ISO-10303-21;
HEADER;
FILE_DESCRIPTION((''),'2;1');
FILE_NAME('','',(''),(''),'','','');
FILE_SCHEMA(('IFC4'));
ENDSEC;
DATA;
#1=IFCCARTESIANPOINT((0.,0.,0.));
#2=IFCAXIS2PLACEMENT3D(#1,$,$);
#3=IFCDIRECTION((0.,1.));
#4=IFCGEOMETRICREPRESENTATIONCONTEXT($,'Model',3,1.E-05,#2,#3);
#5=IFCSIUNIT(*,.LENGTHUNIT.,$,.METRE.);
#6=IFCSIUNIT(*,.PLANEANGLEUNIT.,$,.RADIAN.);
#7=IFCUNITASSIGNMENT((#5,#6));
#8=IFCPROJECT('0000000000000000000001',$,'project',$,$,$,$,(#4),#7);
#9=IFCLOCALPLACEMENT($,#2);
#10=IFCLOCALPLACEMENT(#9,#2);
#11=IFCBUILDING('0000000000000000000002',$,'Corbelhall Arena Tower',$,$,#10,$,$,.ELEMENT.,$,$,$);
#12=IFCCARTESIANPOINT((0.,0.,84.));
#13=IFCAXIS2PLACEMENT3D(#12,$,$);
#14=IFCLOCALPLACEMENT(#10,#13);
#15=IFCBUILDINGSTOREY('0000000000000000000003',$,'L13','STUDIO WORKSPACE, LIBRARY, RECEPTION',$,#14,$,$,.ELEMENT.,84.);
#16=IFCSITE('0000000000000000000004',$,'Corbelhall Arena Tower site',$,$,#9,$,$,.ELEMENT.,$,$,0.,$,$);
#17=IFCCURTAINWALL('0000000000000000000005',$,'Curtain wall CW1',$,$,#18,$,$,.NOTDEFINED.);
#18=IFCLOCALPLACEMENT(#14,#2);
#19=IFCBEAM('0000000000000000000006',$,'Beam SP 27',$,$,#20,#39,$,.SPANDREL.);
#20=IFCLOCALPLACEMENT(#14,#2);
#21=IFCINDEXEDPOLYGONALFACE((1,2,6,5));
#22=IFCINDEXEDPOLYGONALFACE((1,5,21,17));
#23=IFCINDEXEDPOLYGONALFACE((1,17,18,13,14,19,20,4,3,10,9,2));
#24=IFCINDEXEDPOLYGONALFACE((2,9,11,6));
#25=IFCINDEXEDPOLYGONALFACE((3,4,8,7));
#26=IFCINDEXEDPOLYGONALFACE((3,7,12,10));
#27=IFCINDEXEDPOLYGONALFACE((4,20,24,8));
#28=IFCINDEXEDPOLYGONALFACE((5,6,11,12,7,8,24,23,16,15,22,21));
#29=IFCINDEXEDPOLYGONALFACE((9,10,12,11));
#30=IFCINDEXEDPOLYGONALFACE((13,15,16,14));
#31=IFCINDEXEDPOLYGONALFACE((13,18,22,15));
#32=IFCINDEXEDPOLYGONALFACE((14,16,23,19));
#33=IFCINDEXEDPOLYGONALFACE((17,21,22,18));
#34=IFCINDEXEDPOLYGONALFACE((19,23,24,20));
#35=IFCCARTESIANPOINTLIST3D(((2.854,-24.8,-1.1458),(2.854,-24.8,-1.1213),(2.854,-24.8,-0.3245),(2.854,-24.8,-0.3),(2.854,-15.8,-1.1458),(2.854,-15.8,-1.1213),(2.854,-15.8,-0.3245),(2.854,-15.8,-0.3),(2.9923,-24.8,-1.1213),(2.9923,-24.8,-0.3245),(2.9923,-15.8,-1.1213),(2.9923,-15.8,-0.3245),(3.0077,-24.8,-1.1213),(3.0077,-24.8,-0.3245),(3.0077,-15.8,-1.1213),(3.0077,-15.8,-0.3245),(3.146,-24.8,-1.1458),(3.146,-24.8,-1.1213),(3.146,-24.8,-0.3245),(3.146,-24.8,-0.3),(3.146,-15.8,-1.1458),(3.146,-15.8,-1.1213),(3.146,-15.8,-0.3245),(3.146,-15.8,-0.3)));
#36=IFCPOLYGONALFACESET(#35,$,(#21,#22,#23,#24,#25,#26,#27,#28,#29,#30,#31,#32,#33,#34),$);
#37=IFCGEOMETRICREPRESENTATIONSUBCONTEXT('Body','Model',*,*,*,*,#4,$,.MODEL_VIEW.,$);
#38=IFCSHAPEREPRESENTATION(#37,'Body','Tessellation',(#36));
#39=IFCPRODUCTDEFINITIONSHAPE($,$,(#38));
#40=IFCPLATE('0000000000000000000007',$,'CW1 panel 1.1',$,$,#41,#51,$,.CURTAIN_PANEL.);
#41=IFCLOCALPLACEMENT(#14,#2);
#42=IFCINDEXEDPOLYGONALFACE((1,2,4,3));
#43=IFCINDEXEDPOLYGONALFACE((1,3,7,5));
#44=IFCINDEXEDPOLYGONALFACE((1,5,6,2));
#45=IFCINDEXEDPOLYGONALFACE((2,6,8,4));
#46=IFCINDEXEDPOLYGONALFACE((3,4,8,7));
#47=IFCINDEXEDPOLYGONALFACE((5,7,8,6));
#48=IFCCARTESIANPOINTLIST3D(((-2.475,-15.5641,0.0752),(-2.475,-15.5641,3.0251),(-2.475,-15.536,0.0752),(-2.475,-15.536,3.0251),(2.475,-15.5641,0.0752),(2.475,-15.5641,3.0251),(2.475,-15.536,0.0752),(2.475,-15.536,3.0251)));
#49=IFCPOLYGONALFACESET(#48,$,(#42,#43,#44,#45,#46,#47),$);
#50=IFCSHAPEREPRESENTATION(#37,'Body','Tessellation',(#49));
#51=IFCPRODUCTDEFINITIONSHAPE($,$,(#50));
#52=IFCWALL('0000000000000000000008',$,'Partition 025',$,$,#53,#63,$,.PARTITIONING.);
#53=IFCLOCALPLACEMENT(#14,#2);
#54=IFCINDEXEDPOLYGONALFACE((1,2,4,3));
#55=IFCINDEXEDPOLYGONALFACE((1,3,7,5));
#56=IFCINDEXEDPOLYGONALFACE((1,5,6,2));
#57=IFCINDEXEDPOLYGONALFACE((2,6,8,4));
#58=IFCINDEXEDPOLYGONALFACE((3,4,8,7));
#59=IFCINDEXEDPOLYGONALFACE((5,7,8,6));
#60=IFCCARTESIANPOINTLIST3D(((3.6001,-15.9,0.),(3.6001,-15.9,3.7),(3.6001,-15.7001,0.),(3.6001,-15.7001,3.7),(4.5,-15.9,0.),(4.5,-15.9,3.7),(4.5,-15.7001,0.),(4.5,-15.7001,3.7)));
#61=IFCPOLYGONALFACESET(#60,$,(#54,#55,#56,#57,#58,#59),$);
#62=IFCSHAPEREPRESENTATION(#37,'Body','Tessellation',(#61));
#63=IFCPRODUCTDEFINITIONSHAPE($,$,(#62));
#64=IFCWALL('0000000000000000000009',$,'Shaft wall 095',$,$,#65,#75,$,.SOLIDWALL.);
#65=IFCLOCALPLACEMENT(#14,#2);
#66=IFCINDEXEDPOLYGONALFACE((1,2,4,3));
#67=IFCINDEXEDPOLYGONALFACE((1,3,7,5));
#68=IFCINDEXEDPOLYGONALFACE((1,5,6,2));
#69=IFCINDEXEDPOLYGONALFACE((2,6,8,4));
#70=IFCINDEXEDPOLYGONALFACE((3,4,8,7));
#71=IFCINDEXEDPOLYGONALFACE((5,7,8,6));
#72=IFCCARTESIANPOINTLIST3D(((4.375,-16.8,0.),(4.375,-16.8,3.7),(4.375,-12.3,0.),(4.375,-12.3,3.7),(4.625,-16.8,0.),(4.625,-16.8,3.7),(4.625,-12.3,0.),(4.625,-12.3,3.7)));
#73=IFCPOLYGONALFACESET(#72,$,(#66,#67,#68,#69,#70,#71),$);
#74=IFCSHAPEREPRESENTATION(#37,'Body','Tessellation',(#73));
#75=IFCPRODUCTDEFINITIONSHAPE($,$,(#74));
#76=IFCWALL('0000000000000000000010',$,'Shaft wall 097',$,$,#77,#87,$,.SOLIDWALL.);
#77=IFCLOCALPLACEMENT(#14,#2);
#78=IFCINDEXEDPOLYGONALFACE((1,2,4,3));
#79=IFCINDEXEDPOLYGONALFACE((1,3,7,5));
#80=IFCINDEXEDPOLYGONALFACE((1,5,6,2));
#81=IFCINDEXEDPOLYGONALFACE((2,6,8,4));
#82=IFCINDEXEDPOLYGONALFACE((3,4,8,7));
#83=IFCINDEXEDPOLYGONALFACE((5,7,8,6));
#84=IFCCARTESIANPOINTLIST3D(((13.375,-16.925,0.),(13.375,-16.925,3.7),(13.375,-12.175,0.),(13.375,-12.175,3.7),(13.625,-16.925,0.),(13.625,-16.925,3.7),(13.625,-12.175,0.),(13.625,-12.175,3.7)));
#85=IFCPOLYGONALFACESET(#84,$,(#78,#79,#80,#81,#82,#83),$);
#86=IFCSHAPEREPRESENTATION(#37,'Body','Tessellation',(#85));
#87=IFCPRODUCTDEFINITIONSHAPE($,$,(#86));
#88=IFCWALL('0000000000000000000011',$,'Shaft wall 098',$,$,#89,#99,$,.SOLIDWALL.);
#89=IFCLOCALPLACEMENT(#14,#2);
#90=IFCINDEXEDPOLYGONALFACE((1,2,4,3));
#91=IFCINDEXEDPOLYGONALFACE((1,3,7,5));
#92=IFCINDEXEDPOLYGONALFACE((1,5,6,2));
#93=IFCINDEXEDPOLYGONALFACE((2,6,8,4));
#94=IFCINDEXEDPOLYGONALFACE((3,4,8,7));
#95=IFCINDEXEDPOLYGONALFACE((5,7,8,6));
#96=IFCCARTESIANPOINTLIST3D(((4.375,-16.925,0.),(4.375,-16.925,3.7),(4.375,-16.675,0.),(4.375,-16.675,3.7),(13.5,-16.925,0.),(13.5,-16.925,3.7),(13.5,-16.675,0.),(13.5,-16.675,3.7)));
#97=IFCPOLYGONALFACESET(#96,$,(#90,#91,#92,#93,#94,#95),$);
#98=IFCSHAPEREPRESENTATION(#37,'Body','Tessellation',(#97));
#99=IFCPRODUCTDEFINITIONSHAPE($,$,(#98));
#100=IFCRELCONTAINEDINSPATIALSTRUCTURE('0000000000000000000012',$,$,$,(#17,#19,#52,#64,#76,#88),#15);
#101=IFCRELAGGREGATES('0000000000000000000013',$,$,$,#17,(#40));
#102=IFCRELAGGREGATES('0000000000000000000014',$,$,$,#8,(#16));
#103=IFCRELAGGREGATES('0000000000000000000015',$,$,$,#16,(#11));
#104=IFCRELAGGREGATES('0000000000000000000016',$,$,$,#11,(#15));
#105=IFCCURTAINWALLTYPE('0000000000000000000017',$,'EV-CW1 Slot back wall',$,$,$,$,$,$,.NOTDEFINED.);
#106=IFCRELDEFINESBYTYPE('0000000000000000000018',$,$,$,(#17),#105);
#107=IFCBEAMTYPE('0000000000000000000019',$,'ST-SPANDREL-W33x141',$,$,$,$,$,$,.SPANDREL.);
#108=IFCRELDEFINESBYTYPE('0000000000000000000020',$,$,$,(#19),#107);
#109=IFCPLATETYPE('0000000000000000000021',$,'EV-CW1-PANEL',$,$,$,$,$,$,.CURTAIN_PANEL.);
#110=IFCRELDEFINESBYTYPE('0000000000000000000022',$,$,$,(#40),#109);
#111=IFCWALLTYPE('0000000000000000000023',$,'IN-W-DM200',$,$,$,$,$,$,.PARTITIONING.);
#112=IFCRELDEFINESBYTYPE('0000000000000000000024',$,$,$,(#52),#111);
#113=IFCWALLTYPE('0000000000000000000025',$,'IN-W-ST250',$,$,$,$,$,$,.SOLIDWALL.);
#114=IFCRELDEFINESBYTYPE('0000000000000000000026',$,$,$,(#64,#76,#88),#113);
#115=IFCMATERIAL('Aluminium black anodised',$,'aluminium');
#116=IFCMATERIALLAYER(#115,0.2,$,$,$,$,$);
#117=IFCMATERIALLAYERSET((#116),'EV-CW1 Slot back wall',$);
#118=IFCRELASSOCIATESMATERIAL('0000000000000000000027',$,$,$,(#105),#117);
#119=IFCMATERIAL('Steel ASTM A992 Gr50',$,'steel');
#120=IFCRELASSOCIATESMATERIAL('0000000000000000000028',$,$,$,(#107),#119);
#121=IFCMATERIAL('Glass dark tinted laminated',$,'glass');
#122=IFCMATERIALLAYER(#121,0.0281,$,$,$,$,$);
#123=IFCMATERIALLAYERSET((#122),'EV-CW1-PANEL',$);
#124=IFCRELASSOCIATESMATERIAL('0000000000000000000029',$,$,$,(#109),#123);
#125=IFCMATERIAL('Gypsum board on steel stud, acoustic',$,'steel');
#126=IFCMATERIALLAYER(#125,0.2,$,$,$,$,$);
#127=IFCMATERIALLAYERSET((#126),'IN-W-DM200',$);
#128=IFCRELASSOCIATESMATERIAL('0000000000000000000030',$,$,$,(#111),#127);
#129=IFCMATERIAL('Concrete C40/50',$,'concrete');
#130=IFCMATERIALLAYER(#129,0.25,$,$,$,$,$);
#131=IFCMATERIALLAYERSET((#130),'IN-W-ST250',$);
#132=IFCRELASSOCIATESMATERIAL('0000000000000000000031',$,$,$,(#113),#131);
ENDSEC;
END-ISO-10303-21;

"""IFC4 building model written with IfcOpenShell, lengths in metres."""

from ifc_helpers import new_model, si_unit, direction, frame, frame_2d, origin, origin_2d, place, context, subcontext, project, spatial, rectangle, i_section, extrude, material, layer, layer_set, material_profile, profile_set, type_object, element, aggregate, save


model = new_model("IFC4")

# Units and contexts
model_context = context("Model", 3, precision=1e-05, world=origin(), true_north=direction((0.0, 1.0)))
body_context = subcontext(model_context, "Body", "Model", "MODEL_VIEW")
ifc_project = project(units=[si_unit("LENGTHUNIT", "METRE"), si_unit("PLANEANGLEUNIT", "RADIAN")], contexts=[model_context])

# Site, building, storey
site_placement = place(None, origin())
site = spatial("IfcSite", under=ifc_project, at=site_placement, Name="Corbelhall Arena Tower site", CompositionType="ELEMENT", RefElevation=0.0)
building_placement = place(site_placement, origin())
building = spatial("IfcBuilding", under=site, at=building_placement, Name="Corbelhall Arena Tower", CompositionType="ELEMENT")
storey_placement = place(building_placement, frame((0.0, 0.0, 84.0)))
storey = spatial("IfcBuildingStorey", under=building, at=storey_placement, Name="L13", Description="STUDIO WORKSPACE, LIBRARY, RECEPTION", CompositionType="ELEMENT", Elevation=84.0)

# Curtain wall
ifc_material_1 = material(Name="Aluminium black anodised", Category="aluminium")
ifc_layer_1 = layer(ifc_material_1, 0.2)
ifc_layer_set_1 = layer_set([ifc_layer_1], Name="EV-CW1 Slot back wall")
curtain_wall_type = type_object("IfcCurtainWallType", Name="EV-CW1 Slot back wall", PredefinedType="NOTDEFINED", material=ifc_layer_set_1)
curtain_wall_placement = place(storey_placement, origin())
curtain_wall = element("IfcCurtainWall", 1, at=curtain_wall_placement, inside=storey, type_object=curtain_wall_type, Name="Curtain wall CW1", PredefinedType="NOTDEFINED")

# Beam
ifc_material_2 = material(Name="Steel ASTM A992 Gr50", Category="steel")
ifc_material_profile_1 = material_profile(ifc_material_2, i_section(OverallWidth=0.292, OverallDepth=0.8457, WebThickness=0.0154, FlangeThickness=0.0244, at=origin_2d()))
ifc_profile_set_1 = profile_set([ifc_material_profile_1], Name="Steel ASTM A992 Gr50")
beam_type_1 = type_object("IfcBeamType", Name="ST-SPANDREL-W33x141", PredefinedType="SPANDREL", material=ifc_profile_set_1)
beam_1_placement = place(storey_placement, frame((3.0, -24.8, -0.7229), z_axis=(0.0, 1.0, 0.0), x_axis=(-1.0, 0.0, 0.0)))
element("IfcBeam", 2, at=beam_1_placement, inside=storey, type_object=beam_type_1, Name="Beam SP 27", PredefinedType="SPANDREL", context=body_context, shape_type="SweptSolid", body=[
    extrude(i_section(OverallWidth=0.292, OverallDepth=0.8457, WebThickness=0.0154, FlangeThickness=0.0244, at=origin_2d()), origin(), (0.0, 0.0, 1.0), 9.0),
])

# Plate
ifc_material_3 = material(Name="Glass dark tinted laminated", Category="glass")
ifc_layer_2 = layer(ifc_material_3, 0.0281)
ifc_layer_set_2 = layer_set([ifc_layer_2], Name="EV-CW1-PANEL")
plate_type = type_object("IfcPlateType", Name="EV-CW1-PANEL", PredefinedType="CURTAIN_PANEL", material=ifc_layer_set_2)
plate_placement = place(storey_placement, frame((0.0, -15.55, 0.0752), z_axis=(0.0, 0.0, 1.0), x_axis=(1.0, 0.0, 0.0)))
plate = element("IfcPlate", 3, at=plate_placement, type_object=plate_type, Name="CW1 panel 1.1", PredefinedType="CURTAIN_PANEL", context=body_context, shape_type="SweptSolid", body=[
    extrude(rectangle(XDim=4.95, YDim=0.0281, at=origin_2d()), origin(), (0.0, 0.0, 1.0), 2.95),
])
aggregate(curtain_wall, [plate])

# Wall
ifc_material_4 = material(Name="Gypsum board on steel stud, acoustic", Category="steel")
ifc_layer_3 = layer(ifc_material_4, 0.2)
ifc_layer_set_3 = layer_set([ifc_layer_3], Name="IN-W-DM200")
wall_type_1 = type_object("IfcWallType", Name="IN-W-DM200", PredefinedType="PARTITIONING", material=ifc_layer_set_3)
wall_1_placement = place(storey_placement, frame((4.5, -15.8, 0.0), z_axis=(0.0, 0.0, 1.0), x_axis=(-1.0, 0.0, 0.0)))
element("IfcWall", 4, at=wall_1_placement, inside=storey, type_object=wall_type_1, Name="Partition 025", PredefinedType="PARTITIONING", context=body_context, shape_type="SweptSolid", body=[
    extrude(rectangle(XDim=0.8999, YDim=0.2, at=frame_2d((0.45, 0.0))), origin(), (0.0, 0.0, 1.0), 3.7),
])

# Walls
ifc_material_5 = material(Name="Concrete C40/50", Category="concrete")
ifc_layer_4 = layer(ifc_material_5, 0.25)
ifc_layer_set_4 = layer_set([ifc_layer_4], Name="IN-W-ST250")
wall_type_2 = type_object("IfcWallType", Name="IN-W-ST250", PredefinedType="SOLIDWALL", material=ifc_layer_set_4)
wall_2_placement = place(storey_placement, frame((4.5, -16.8, 0.0), z_axis=(0.0, 0.0, 1.0), x_axis=(0.0, 1.0, 0.0)))
element("IfcWall", 5, at=wall_2_placement, inside=storey, type_object=wall_type_2, Name="Shaft wall 095", PredefinedType="SOLIDWALL", context=body_context, shape_type="SweptSolid", body=[
    extrude(rectangle(XDim=4.5, YDim=0.25, at=frame_2d((2.25, 0.0))), origin(), (0.0, 0.0, 1.0), 3.7),
])
wall_3_placement = place(storey_placement, frame((13.5, -16.925, 0.0), z_axis=(0.0, 0.0, 1.0), x_axis=(0.0, 1.0, 0.0)))
element("IfcWall", 6, at=wall_3_placement, inside=storey, type_object=wall_type_2, Name="Shaft wall 097", PredefinedType="SOLIDWALL", context=body_context, shape_type="SweptSolid", body=[
    extrude(rectangle(XDim=4.75, YDim=0.25, at=frame_2d((2.375, 0.0))), origin(), (0.0, 0.0, 1.0), 3.7),
])
wall_4_placement = place(storey_placement, frame((13.5, -16.8, 0.0), z_axis=(0.0, 0.0, 1.0), x_axis=(-1.0, 0.0, 0.0)))
element("IfcWall", 7, at=wall_4_placement, inside=storey, type_object=wall_type_2, Name="Shaft wall 098", PredefinedType="SOLIDWALL", context=body_context, shape_type="SweptSolid", body=[
    extrude(rectangle(XDim=9.125, YDim=0.25, at=frame_2d((4.5625, 0.0))), origin(), (0.0, 0.0, 1.0), 3.7),
])

save(model, "model.ifc")
